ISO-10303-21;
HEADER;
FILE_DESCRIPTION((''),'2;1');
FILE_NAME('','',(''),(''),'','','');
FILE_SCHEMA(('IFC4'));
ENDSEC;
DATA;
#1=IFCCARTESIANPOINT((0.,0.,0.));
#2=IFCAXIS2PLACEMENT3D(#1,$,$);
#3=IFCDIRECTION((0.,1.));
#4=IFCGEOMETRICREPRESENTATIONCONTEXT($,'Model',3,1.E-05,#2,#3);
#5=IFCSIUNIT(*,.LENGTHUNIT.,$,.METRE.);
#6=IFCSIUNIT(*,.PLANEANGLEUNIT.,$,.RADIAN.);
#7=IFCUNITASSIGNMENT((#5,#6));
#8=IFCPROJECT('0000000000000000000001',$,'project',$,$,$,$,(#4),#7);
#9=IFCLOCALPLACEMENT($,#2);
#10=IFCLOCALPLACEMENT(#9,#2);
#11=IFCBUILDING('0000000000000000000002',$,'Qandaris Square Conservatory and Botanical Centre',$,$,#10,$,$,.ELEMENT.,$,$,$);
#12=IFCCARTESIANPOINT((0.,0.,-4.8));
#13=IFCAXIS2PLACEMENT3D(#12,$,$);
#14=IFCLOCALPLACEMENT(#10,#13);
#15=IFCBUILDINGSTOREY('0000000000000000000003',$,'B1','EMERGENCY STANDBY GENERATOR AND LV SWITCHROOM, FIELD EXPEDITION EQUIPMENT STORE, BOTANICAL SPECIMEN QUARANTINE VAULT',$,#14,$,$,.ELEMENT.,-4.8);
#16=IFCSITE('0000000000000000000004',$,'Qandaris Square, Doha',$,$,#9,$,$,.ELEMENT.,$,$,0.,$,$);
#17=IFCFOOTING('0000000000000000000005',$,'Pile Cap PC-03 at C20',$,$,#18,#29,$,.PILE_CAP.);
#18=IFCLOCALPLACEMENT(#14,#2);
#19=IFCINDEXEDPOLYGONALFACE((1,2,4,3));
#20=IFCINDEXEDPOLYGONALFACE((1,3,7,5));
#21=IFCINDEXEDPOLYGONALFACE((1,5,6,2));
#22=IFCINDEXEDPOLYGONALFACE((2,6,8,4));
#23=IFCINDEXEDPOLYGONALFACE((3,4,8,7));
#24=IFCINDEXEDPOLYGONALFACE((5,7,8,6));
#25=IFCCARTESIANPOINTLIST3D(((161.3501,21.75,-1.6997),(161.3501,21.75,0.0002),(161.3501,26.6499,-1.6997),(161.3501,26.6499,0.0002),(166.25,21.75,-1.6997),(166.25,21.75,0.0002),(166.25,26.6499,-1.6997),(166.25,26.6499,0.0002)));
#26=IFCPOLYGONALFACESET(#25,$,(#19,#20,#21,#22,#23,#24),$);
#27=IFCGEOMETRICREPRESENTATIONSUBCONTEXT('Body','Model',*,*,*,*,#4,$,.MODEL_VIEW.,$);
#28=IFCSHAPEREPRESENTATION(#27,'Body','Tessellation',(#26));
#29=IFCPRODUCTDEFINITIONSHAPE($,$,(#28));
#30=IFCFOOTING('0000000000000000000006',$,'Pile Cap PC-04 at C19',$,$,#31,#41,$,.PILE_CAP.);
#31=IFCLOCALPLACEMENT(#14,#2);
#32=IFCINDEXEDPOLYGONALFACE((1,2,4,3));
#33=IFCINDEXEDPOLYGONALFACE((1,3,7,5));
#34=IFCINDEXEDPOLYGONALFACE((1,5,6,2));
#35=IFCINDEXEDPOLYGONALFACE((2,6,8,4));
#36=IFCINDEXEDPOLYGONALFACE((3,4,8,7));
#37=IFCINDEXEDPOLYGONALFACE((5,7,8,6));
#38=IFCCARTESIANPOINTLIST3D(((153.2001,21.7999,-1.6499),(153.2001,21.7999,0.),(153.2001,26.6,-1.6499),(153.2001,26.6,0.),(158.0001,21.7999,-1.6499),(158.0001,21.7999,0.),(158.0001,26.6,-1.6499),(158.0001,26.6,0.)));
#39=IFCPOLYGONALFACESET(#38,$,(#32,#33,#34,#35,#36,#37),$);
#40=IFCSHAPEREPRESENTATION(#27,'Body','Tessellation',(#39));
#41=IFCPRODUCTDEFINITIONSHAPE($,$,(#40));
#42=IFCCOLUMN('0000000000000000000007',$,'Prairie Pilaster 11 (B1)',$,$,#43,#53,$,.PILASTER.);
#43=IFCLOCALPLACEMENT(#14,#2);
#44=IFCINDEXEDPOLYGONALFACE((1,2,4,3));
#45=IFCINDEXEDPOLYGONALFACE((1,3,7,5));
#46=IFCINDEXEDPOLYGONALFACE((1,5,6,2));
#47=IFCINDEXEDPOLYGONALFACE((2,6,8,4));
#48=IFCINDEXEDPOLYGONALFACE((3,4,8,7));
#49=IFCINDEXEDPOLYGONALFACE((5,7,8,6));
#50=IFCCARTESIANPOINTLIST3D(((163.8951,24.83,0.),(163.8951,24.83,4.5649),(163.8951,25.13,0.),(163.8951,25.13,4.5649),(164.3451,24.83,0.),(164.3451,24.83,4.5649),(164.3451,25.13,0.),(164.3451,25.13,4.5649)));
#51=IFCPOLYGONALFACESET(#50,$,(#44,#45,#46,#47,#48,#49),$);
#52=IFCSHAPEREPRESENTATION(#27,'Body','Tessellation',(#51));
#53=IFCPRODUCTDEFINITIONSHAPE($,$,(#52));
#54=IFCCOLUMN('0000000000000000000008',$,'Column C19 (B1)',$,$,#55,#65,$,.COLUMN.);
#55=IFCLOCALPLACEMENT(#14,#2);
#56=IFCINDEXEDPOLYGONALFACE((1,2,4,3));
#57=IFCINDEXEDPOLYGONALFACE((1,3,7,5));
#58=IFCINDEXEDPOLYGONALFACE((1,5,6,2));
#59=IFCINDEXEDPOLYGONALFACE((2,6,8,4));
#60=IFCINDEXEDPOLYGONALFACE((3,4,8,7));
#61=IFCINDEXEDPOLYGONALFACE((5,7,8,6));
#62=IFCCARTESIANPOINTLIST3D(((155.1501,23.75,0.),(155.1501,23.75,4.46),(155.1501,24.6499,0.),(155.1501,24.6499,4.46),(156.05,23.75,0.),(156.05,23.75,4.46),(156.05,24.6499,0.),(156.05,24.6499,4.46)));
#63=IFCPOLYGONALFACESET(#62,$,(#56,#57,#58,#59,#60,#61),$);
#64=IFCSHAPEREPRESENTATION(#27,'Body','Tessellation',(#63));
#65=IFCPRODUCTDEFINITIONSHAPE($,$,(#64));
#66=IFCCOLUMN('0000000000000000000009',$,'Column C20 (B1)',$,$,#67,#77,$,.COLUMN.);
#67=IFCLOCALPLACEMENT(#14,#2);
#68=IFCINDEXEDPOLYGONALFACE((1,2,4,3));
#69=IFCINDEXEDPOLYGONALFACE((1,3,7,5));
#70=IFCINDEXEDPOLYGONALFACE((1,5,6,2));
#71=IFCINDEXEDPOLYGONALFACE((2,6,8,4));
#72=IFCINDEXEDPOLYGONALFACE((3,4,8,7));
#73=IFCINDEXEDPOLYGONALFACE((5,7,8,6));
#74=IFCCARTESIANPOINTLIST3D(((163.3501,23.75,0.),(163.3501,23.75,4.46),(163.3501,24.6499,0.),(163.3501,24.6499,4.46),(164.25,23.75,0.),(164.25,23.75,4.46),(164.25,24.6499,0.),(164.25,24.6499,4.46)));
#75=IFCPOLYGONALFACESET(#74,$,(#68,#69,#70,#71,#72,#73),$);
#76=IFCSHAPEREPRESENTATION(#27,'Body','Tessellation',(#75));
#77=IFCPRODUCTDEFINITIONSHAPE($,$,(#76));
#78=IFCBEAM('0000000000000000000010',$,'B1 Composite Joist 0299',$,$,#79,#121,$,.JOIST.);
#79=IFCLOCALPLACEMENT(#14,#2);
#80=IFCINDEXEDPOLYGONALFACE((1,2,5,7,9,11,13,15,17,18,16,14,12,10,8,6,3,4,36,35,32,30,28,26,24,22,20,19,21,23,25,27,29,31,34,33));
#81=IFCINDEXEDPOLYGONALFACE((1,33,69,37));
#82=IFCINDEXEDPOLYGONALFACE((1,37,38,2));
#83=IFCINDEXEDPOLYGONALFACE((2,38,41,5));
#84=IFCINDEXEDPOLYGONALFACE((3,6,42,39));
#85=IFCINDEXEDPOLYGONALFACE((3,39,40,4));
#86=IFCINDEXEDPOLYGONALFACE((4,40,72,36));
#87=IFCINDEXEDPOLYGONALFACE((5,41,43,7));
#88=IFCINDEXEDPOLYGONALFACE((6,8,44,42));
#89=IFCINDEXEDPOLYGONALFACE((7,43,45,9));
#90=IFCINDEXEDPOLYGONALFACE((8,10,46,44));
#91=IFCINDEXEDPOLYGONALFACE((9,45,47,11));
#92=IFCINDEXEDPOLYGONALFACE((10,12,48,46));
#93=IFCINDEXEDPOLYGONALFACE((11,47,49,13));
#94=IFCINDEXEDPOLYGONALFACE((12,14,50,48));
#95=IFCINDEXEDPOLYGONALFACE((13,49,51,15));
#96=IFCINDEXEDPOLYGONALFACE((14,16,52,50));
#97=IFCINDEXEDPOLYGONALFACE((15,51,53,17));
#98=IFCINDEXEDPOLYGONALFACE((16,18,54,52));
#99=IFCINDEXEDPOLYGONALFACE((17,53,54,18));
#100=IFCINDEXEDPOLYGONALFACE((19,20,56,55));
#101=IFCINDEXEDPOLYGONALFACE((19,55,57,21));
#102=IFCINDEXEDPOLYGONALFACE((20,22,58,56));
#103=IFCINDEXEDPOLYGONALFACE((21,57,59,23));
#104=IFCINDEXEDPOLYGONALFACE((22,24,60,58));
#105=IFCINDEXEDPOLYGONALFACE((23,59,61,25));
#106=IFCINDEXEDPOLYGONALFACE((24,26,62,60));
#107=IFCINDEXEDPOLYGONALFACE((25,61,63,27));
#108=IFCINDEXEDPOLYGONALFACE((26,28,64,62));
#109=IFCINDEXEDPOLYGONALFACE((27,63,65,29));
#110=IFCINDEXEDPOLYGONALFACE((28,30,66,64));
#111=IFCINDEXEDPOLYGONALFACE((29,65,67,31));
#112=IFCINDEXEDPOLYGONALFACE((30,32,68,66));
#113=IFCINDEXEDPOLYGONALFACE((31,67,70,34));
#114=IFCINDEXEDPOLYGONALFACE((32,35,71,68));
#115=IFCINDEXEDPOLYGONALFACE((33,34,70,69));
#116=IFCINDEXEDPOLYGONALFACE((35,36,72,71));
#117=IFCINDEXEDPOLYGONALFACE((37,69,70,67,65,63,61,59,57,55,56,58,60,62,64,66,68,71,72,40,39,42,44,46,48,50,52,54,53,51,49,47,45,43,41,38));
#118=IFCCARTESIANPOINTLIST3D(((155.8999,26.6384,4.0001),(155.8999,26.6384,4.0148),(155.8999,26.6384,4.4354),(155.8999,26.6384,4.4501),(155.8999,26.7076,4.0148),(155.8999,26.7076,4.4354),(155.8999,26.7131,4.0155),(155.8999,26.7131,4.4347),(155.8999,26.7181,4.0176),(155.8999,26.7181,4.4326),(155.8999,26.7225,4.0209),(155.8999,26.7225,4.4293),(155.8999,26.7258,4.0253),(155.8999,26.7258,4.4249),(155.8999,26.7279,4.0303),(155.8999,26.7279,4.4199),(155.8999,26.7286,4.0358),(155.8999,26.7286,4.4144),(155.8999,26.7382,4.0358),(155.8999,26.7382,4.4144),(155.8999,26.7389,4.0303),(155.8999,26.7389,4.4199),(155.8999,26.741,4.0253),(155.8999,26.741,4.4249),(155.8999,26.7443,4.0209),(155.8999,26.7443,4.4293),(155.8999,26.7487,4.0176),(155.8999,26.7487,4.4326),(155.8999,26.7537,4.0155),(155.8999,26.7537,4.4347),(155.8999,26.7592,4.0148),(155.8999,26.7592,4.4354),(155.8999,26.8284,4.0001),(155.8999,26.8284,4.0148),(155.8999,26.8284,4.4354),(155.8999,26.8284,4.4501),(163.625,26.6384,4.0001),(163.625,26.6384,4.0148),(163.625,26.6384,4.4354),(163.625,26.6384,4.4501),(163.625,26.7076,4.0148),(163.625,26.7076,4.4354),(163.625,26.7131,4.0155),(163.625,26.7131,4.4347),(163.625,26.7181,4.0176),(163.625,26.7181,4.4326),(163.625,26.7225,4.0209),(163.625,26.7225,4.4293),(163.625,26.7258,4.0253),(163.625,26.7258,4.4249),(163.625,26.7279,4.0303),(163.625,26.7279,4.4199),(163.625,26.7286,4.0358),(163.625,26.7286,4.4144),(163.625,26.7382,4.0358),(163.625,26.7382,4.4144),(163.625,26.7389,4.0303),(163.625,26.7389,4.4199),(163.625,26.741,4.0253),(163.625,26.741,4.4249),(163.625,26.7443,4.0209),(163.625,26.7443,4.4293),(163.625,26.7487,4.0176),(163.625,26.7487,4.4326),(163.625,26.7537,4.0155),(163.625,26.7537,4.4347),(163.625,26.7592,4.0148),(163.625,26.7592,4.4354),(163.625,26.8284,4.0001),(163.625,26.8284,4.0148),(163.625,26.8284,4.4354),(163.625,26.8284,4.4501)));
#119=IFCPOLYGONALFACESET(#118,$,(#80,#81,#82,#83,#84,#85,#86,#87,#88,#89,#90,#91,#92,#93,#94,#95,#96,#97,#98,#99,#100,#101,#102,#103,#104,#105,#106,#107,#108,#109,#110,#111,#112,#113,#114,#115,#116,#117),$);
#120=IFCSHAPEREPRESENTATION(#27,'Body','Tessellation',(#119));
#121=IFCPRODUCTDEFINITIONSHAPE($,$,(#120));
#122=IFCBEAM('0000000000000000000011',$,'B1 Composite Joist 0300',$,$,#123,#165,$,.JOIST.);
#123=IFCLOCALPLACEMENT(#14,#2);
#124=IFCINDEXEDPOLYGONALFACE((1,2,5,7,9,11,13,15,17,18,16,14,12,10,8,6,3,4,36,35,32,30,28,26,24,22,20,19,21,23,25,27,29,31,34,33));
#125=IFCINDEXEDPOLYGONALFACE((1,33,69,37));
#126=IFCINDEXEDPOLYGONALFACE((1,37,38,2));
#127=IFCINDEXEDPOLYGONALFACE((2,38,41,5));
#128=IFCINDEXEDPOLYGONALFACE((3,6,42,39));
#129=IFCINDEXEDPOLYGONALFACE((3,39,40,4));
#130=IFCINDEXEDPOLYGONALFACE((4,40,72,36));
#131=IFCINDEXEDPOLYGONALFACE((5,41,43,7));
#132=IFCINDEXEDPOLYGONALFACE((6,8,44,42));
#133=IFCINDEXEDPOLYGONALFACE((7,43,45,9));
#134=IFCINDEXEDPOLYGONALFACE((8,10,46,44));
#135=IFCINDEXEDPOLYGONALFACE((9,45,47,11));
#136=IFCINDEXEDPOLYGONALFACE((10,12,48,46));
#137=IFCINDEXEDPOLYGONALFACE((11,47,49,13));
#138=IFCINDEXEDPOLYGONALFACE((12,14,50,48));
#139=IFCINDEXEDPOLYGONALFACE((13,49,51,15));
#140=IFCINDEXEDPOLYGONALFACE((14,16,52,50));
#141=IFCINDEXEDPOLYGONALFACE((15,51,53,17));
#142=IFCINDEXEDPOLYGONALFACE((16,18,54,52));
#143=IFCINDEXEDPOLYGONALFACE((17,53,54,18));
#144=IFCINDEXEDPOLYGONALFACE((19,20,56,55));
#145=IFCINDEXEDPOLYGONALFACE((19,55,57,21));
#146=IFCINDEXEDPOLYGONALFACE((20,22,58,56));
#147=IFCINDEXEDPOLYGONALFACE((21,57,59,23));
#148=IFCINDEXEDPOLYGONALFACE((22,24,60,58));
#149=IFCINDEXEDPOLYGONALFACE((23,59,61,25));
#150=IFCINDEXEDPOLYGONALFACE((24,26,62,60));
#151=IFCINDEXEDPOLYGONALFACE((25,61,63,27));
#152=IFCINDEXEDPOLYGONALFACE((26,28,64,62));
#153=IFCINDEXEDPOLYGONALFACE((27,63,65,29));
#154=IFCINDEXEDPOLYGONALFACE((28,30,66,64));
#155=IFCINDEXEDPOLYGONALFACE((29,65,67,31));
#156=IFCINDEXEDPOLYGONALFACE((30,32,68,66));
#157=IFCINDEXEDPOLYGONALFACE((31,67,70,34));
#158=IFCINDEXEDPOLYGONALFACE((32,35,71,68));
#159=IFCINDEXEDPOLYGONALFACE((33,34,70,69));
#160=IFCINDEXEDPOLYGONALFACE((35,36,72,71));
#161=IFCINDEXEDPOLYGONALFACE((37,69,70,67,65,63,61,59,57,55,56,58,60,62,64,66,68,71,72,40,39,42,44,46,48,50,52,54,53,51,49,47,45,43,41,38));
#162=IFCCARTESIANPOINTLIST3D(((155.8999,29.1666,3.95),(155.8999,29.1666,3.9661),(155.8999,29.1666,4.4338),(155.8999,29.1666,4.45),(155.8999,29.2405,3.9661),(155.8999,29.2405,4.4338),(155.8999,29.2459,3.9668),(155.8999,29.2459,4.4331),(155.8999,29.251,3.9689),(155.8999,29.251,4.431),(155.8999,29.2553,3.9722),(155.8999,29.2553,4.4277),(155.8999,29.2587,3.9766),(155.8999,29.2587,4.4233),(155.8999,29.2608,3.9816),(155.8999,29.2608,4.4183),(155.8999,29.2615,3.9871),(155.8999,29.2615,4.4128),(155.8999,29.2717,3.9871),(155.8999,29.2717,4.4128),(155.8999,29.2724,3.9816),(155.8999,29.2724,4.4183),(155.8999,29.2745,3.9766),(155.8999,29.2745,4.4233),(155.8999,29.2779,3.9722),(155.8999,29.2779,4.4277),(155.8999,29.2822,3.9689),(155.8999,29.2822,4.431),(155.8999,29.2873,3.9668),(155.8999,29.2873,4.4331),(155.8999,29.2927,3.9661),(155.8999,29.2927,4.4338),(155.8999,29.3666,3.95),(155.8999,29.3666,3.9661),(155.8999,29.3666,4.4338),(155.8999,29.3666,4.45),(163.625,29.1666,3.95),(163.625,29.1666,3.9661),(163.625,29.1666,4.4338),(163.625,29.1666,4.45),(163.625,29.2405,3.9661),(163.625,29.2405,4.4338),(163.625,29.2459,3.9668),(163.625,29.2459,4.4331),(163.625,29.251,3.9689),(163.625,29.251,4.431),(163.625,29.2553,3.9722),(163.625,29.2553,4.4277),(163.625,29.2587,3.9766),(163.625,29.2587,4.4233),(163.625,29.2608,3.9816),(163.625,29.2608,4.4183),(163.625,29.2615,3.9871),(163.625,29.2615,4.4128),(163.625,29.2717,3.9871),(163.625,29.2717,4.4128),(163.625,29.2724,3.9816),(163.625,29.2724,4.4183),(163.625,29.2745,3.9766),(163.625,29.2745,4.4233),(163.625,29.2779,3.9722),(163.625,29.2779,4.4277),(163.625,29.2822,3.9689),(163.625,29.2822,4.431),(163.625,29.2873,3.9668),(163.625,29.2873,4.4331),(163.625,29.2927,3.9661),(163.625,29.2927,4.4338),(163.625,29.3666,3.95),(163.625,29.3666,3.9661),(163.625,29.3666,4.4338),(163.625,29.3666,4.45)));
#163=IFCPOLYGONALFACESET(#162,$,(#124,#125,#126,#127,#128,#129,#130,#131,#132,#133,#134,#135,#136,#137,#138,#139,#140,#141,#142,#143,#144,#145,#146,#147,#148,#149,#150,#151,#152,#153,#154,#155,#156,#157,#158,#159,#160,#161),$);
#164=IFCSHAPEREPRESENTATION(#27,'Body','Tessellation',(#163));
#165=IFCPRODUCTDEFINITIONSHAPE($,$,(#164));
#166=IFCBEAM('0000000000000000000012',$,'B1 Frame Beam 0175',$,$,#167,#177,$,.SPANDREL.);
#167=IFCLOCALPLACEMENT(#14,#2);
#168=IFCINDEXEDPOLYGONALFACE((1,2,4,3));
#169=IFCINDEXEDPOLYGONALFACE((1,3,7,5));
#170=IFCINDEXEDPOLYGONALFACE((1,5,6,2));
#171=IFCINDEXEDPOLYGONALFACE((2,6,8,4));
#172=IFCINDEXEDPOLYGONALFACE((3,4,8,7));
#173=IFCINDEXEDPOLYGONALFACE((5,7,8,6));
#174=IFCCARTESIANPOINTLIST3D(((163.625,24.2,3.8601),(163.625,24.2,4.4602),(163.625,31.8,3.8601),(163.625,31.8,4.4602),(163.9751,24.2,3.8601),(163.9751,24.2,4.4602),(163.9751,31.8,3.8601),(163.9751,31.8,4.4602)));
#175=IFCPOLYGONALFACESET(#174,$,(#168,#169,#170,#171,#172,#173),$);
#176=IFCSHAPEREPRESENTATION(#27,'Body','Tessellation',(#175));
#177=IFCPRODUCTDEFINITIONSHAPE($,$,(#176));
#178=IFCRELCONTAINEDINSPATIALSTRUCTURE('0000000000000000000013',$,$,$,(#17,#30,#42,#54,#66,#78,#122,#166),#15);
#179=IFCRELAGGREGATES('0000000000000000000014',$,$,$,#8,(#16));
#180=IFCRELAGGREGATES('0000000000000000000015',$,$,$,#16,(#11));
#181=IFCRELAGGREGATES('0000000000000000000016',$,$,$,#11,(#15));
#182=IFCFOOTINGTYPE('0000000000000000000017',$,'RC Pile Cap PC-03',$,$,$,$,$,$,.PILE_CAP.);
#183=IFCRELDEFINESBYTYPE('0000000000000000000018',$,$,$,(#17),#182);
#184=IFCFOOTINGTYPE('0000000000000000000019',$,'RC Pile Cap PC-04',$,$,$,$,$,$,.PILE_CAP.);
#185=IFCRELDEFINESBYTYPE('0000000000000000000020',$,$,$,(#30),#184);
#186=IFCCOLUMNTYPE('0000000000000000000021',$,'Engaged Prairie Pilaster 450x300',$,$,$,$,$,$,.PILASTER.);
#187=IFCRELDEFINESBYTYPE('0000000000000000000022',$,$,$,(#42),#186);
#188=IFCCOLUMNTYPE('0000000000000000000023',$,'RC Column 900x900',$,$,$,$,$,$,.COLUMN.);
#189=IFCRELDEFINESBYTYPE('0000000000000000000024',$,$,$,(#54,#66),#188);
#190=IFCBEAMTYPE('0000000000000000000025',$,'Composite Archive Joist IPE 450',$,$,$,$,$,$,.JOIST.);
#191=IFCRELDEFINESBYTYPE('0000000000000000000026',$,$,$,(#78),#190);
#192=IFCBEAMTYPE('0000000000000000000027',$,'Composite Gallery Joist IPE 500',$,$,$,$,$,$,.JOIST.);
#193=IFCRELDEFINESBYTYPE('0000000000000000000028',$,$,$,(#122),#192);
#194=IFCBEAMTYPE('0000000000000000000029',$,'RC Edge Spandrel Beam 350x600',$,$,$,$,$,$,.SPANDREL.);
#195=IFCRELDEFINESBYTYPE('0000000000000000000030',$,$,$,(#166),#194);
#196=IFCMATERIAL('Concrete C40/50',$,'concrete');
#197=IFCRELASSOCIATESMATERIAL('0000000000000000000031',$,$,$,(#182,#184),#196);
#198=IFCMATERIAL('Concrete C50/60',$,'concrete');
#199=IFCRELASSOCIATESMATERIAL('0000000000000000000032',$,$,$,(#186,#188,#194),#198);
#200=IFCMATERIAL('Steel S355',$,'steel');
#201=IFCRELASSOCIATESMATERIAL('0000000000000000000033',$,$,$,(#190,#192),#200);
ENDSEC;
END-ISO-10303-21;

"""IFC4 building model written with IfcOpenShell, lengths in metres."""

from ifc_helpers import new_model, si_unit, direction, frame, origin, origin_2d, place, context, subcontext, project, spatial, rectangle, i_section, extrude, material, material_profile, profile_set, type_object, element, save


model = new_model("IFC4")

# Units and contexts
model_context = context("Model", 3, precision=1e-05, world=origin(), true_north=direction((0.0, 1.0)))
body_context = subcontext(model_context, "Body", "Model", "MODEL_VIEW")
ifc_project = project(units=[si_unit("LENGTHUNIT", "METRE"), si_unit("PLANEANGLEUNIT", "RADIAN")], contexts=[model_context])

# Site, building, storey
site_placement = place(None, origin())
site = spatial("IfcSite", under=ifc_project, at=site_placement, Name="Qandaris Square, Doha", CompositionType="ELEMENT", RefElevation=0.0)
building_placement = place(site_placement, origin())
building = spatial("IfcBuilding", under=site, at=building_placement, Name="Qandaris Square Conservatory and Botanical Centre", CompositionType="ELEMENT")
storey_placement = place(building_placement, frame((0.0, 0.0, -4.8)))
storey = spatial("IfcBuildingStorey", under=building, at=storey_placement, Name="B1", Description="EMERGENCY STANDBY GENERATOR AND LV SWITCHROOM, FIELD EXPEDITION EQUIPMENT STORE, BOTANICAL SPECIMEN QUARANTINE VAULT", CompositionType="ELEMENT", Elevation=-4.8)

# Shared definitions
ifc_material_1 = material(Name="Concrete C50/60", Category="concrete")

# Footings
ifc_material_2 = material(Name="Concrete C40/50", Category="concrete")
footing_type_1 = type_object("IfcFootingType", Name="RC Pile Cap PC-03", PredefinedType="PILE_CAP", material=ifc_material_2)
footing_1_placement = place(storey_placement, frame((163.8, 24.2, -1.6997), z_axis=(0.0, 0.0, 1.0), x_axis=(1.0, 0.0, 0.0)))
element("IfcFooting", 1, at=footing_1_placement, inside=storey, type_object=footing_type_1, Name="Pile Cap PC-03 at C20", PredefinedType="PILE_CAP", context=body_context, shape_type="SweptSolid", body=[
    extrude(rectangle(XDim=4.8999, YDim=4.8999, at=origin_2d()), origin(), (0.0, 0.0, 1.0), 1.7),
])
footing_type_2 = type_object("IfcFootingType", Name="RC Pile Cap PC-04", PredefinedType="PILE_CAP", material=ifc_material_2)
footing_2_placement = place(storey_placement, frame((155.6001, 24.2, -1.6499), z_axis=(0.0, 0.0, 1.0), x_axis=(1.0, 0.0, 0.0)))
element("IfcFooting", 2, at=footing_2_placement, inside=storey, type_object=footing_type_2, Name="Pile Cap PC-04 at C19", PredefinedType="PILE_CAP", context=body_context, shape_type="SweptSolid", body=[
    extrude(rectangle(XDim=4.8, YDim=4.8, at=origin_2d()), origin(), (0.0, 0.0, 1.0), 1.6499),
])

# Columns
ifc_material_profile_1 = material_profile(ifc_material_1, rectangle(XDim=0.45, YDim=0.3, at=origin_2d()), Name="RC-PIL 450x300")
ifc_profile_set_1 = profile_set([ifc_material_profile_1], Name="Concrete C50/60")
column_type_1 = type_object("IfcColumnType", Name="Engaged Prairie Pilaster 450x300", PredefinedType="PILASTER", material=ifc_profile_set_1)
column_placement = place(storey_placement, frame((164.1201, 24.98, 0.0), z_axis=(0.0, 0.0, 1.0), x_axis=(1.0, 0.0, 0.0)))
element("IfcColumn", 3, at=column_placement, inside=storey, type_object=column_type_1, Name="Prairie Pilaster 11 (B1)", PredefinedType="PILASTER", context=body_context, shape_type="SweptSolid", body=[
    extrude(rectangle(XDim=0.45, YDim=0.3, at=origin_2d()), origin(), (0.0, 0.0, 1.0), 4.5649),
])
ifc_material_profile_2 = material_profile(ifc_material_1, rectangle(XDim=0.8999, YDim=0.8999, at=origin_2d()), Name="RC-COL 900x900")
ifc_profile_set_2 = profile_set([ifc_material_profile_2], Name="Concrete C50/60")
column_type_2 = type_object("IfcColumnType", Name="RC Column 900x900", PredefinedType="COLUMN", material=ifc_profile_set_2)
for number, where, z_axis, x_axis, name in (
    (4, (155.6001, 24.2, 0.0), (0.0, 0.0, 1.0), (1.0, 0.0, 0.0), "Column C19 (B1)"),
    (5, (163.8, 24.2, 0.0), (0.0, 0.0, 1.0), (1.0, 0.0, 0.0), "Column C20 (B1)"),
):
    element("IfcColumn", number, at=place(storey_placement, frame(where, z_axis=z_axis, x_axis=x_axis)), inside=storey, type_object=column_type_2, Name=name, PredefinedType="COLUMN", context=body_context, shape_type="SweptSolid", body=[
        extrude(rectangle(XDim=0.8999, YDim=0.8999, at=origin_2d()), origin(), (0.0, 0.0, 1.0), 4.46),
    ])

# Beams
ifc_material_3 = material(Name="Steel S355", Category="steel")
ifc_material_profile_3 = material_profile(ifc_material_3, i_section(OverallWidth=0.1899, OverallDepth=0.45, WebThickness=0.0095, FlangeThickness=0.0146, FilletRadius=0.021, at=origin_2d()), Name="IPE 450")
ifc_profile_set_3 = profile_set([ifc_material_profile_3], Name="Steel S355")
beam_type_1 = type_object("IfcBeamType", Name="Composite Archive Joist IPE 450", PredefinedType="JOIST", material=ifc_profile_set_3)
beam_1_placement = place(storey_placement, frame((155.8999, 26.7334, 4.2251), z_axis=(1.0, 0.0, 0.0), x_axis=(0.0, 1.0, 0.0)))
element("IfcBeam", 6, at=beam_1_placement, inside=storey, type_object=beam_type_1, Name="B1 Composite Joist 0299", PredefinedType="JOIST", context=body_context, shape_type="SweptSolid", body=[
    extrude(i_section(OverallWidth=0.1899, OverallDepth=0.45, WebThickness=0.0095, FlangeThickness=0.0146, FilletRadius=0.021, at=origin_2d()), origin(), (0.0, 0.0, 1.0), 7.7251),
])
ifc_material_profile_4 = material_profile(ifc_material_3, i_section(OverallWidth=0.2, OverallDepth=0.5, WebThickness=0.0103, FlangeThickness=0.0161, FilletRadius=0.021, at=origin_2d()), Name="IPE 500")
ifc_profile_set_4 = profile_set([ifc_material_profile_4], Name="Steel S355")
beam_type_2 = type_object("IfcBeamType", Name="Composite Gallery Joist IPE 500", PredefinedType="JOIST", material=ifc_profile_set_4)
beam_2_placement = place(storey_placement, frame((155.8999, 29.2666, 4.2), z_axis=(1.0, 0.0, 0.0), x_axis=(0.0, 1.0, 0.0)))
element("IfcBeam", 7, at=beam_2_placement, inside=storey, type_object=beam_type_2, Name="B1 Composite Joist 0300", PredefinedType="JOIST", context=body_context, shape_type="SweptSolid", body=[
    extrude(i_section(OverallWidth=0.2, OverallDepth=0.5, WebThickness=0.0103, FlangeThickness=0.0161, FilletRadius=0.021, at=origin_2d()), origin(), (0.0, 0.0, 1.0), 7.7251),
])
ifc_material_profile_5 = material_profile(ifc_material_1, rectangle(XDim=0.3501, YDim=0.6001, at=origin_2d()), Name="RC-SP 350x600")
ifc_profile_set_5 = profile_set([ifc_material_profile_5], Name="Concrete C50/60")
beam_type_3 = type_object("IfcBeamType", Name="RC Edge Spandrel Beam 350x600", PredefinedType="SPANDREL", material=ifc_profile_set_5)
beam_3_placement = place(storey_placement, frame((163.8, 24.2, 4.1602), z_axis=(0.0, 1.0, 0.0), x_axis=(-1.0, 0.0, 0.0)))
element("IfcBeam", 8, at=beam_3_placement, inside=storey, type_object=beam_type_3, Name="B1 Frame Beam 0175", PredefinedType="SPANDREL", context=body_context, shape_type="SweptSolid", body=[
    extrude(rectangle(XDim=0.3501, YDim=0.6001, at=origin_2d()), origin(), (0.0, 0.0, 1.0), 7.6001),
])

save(model, "model.ifc")
